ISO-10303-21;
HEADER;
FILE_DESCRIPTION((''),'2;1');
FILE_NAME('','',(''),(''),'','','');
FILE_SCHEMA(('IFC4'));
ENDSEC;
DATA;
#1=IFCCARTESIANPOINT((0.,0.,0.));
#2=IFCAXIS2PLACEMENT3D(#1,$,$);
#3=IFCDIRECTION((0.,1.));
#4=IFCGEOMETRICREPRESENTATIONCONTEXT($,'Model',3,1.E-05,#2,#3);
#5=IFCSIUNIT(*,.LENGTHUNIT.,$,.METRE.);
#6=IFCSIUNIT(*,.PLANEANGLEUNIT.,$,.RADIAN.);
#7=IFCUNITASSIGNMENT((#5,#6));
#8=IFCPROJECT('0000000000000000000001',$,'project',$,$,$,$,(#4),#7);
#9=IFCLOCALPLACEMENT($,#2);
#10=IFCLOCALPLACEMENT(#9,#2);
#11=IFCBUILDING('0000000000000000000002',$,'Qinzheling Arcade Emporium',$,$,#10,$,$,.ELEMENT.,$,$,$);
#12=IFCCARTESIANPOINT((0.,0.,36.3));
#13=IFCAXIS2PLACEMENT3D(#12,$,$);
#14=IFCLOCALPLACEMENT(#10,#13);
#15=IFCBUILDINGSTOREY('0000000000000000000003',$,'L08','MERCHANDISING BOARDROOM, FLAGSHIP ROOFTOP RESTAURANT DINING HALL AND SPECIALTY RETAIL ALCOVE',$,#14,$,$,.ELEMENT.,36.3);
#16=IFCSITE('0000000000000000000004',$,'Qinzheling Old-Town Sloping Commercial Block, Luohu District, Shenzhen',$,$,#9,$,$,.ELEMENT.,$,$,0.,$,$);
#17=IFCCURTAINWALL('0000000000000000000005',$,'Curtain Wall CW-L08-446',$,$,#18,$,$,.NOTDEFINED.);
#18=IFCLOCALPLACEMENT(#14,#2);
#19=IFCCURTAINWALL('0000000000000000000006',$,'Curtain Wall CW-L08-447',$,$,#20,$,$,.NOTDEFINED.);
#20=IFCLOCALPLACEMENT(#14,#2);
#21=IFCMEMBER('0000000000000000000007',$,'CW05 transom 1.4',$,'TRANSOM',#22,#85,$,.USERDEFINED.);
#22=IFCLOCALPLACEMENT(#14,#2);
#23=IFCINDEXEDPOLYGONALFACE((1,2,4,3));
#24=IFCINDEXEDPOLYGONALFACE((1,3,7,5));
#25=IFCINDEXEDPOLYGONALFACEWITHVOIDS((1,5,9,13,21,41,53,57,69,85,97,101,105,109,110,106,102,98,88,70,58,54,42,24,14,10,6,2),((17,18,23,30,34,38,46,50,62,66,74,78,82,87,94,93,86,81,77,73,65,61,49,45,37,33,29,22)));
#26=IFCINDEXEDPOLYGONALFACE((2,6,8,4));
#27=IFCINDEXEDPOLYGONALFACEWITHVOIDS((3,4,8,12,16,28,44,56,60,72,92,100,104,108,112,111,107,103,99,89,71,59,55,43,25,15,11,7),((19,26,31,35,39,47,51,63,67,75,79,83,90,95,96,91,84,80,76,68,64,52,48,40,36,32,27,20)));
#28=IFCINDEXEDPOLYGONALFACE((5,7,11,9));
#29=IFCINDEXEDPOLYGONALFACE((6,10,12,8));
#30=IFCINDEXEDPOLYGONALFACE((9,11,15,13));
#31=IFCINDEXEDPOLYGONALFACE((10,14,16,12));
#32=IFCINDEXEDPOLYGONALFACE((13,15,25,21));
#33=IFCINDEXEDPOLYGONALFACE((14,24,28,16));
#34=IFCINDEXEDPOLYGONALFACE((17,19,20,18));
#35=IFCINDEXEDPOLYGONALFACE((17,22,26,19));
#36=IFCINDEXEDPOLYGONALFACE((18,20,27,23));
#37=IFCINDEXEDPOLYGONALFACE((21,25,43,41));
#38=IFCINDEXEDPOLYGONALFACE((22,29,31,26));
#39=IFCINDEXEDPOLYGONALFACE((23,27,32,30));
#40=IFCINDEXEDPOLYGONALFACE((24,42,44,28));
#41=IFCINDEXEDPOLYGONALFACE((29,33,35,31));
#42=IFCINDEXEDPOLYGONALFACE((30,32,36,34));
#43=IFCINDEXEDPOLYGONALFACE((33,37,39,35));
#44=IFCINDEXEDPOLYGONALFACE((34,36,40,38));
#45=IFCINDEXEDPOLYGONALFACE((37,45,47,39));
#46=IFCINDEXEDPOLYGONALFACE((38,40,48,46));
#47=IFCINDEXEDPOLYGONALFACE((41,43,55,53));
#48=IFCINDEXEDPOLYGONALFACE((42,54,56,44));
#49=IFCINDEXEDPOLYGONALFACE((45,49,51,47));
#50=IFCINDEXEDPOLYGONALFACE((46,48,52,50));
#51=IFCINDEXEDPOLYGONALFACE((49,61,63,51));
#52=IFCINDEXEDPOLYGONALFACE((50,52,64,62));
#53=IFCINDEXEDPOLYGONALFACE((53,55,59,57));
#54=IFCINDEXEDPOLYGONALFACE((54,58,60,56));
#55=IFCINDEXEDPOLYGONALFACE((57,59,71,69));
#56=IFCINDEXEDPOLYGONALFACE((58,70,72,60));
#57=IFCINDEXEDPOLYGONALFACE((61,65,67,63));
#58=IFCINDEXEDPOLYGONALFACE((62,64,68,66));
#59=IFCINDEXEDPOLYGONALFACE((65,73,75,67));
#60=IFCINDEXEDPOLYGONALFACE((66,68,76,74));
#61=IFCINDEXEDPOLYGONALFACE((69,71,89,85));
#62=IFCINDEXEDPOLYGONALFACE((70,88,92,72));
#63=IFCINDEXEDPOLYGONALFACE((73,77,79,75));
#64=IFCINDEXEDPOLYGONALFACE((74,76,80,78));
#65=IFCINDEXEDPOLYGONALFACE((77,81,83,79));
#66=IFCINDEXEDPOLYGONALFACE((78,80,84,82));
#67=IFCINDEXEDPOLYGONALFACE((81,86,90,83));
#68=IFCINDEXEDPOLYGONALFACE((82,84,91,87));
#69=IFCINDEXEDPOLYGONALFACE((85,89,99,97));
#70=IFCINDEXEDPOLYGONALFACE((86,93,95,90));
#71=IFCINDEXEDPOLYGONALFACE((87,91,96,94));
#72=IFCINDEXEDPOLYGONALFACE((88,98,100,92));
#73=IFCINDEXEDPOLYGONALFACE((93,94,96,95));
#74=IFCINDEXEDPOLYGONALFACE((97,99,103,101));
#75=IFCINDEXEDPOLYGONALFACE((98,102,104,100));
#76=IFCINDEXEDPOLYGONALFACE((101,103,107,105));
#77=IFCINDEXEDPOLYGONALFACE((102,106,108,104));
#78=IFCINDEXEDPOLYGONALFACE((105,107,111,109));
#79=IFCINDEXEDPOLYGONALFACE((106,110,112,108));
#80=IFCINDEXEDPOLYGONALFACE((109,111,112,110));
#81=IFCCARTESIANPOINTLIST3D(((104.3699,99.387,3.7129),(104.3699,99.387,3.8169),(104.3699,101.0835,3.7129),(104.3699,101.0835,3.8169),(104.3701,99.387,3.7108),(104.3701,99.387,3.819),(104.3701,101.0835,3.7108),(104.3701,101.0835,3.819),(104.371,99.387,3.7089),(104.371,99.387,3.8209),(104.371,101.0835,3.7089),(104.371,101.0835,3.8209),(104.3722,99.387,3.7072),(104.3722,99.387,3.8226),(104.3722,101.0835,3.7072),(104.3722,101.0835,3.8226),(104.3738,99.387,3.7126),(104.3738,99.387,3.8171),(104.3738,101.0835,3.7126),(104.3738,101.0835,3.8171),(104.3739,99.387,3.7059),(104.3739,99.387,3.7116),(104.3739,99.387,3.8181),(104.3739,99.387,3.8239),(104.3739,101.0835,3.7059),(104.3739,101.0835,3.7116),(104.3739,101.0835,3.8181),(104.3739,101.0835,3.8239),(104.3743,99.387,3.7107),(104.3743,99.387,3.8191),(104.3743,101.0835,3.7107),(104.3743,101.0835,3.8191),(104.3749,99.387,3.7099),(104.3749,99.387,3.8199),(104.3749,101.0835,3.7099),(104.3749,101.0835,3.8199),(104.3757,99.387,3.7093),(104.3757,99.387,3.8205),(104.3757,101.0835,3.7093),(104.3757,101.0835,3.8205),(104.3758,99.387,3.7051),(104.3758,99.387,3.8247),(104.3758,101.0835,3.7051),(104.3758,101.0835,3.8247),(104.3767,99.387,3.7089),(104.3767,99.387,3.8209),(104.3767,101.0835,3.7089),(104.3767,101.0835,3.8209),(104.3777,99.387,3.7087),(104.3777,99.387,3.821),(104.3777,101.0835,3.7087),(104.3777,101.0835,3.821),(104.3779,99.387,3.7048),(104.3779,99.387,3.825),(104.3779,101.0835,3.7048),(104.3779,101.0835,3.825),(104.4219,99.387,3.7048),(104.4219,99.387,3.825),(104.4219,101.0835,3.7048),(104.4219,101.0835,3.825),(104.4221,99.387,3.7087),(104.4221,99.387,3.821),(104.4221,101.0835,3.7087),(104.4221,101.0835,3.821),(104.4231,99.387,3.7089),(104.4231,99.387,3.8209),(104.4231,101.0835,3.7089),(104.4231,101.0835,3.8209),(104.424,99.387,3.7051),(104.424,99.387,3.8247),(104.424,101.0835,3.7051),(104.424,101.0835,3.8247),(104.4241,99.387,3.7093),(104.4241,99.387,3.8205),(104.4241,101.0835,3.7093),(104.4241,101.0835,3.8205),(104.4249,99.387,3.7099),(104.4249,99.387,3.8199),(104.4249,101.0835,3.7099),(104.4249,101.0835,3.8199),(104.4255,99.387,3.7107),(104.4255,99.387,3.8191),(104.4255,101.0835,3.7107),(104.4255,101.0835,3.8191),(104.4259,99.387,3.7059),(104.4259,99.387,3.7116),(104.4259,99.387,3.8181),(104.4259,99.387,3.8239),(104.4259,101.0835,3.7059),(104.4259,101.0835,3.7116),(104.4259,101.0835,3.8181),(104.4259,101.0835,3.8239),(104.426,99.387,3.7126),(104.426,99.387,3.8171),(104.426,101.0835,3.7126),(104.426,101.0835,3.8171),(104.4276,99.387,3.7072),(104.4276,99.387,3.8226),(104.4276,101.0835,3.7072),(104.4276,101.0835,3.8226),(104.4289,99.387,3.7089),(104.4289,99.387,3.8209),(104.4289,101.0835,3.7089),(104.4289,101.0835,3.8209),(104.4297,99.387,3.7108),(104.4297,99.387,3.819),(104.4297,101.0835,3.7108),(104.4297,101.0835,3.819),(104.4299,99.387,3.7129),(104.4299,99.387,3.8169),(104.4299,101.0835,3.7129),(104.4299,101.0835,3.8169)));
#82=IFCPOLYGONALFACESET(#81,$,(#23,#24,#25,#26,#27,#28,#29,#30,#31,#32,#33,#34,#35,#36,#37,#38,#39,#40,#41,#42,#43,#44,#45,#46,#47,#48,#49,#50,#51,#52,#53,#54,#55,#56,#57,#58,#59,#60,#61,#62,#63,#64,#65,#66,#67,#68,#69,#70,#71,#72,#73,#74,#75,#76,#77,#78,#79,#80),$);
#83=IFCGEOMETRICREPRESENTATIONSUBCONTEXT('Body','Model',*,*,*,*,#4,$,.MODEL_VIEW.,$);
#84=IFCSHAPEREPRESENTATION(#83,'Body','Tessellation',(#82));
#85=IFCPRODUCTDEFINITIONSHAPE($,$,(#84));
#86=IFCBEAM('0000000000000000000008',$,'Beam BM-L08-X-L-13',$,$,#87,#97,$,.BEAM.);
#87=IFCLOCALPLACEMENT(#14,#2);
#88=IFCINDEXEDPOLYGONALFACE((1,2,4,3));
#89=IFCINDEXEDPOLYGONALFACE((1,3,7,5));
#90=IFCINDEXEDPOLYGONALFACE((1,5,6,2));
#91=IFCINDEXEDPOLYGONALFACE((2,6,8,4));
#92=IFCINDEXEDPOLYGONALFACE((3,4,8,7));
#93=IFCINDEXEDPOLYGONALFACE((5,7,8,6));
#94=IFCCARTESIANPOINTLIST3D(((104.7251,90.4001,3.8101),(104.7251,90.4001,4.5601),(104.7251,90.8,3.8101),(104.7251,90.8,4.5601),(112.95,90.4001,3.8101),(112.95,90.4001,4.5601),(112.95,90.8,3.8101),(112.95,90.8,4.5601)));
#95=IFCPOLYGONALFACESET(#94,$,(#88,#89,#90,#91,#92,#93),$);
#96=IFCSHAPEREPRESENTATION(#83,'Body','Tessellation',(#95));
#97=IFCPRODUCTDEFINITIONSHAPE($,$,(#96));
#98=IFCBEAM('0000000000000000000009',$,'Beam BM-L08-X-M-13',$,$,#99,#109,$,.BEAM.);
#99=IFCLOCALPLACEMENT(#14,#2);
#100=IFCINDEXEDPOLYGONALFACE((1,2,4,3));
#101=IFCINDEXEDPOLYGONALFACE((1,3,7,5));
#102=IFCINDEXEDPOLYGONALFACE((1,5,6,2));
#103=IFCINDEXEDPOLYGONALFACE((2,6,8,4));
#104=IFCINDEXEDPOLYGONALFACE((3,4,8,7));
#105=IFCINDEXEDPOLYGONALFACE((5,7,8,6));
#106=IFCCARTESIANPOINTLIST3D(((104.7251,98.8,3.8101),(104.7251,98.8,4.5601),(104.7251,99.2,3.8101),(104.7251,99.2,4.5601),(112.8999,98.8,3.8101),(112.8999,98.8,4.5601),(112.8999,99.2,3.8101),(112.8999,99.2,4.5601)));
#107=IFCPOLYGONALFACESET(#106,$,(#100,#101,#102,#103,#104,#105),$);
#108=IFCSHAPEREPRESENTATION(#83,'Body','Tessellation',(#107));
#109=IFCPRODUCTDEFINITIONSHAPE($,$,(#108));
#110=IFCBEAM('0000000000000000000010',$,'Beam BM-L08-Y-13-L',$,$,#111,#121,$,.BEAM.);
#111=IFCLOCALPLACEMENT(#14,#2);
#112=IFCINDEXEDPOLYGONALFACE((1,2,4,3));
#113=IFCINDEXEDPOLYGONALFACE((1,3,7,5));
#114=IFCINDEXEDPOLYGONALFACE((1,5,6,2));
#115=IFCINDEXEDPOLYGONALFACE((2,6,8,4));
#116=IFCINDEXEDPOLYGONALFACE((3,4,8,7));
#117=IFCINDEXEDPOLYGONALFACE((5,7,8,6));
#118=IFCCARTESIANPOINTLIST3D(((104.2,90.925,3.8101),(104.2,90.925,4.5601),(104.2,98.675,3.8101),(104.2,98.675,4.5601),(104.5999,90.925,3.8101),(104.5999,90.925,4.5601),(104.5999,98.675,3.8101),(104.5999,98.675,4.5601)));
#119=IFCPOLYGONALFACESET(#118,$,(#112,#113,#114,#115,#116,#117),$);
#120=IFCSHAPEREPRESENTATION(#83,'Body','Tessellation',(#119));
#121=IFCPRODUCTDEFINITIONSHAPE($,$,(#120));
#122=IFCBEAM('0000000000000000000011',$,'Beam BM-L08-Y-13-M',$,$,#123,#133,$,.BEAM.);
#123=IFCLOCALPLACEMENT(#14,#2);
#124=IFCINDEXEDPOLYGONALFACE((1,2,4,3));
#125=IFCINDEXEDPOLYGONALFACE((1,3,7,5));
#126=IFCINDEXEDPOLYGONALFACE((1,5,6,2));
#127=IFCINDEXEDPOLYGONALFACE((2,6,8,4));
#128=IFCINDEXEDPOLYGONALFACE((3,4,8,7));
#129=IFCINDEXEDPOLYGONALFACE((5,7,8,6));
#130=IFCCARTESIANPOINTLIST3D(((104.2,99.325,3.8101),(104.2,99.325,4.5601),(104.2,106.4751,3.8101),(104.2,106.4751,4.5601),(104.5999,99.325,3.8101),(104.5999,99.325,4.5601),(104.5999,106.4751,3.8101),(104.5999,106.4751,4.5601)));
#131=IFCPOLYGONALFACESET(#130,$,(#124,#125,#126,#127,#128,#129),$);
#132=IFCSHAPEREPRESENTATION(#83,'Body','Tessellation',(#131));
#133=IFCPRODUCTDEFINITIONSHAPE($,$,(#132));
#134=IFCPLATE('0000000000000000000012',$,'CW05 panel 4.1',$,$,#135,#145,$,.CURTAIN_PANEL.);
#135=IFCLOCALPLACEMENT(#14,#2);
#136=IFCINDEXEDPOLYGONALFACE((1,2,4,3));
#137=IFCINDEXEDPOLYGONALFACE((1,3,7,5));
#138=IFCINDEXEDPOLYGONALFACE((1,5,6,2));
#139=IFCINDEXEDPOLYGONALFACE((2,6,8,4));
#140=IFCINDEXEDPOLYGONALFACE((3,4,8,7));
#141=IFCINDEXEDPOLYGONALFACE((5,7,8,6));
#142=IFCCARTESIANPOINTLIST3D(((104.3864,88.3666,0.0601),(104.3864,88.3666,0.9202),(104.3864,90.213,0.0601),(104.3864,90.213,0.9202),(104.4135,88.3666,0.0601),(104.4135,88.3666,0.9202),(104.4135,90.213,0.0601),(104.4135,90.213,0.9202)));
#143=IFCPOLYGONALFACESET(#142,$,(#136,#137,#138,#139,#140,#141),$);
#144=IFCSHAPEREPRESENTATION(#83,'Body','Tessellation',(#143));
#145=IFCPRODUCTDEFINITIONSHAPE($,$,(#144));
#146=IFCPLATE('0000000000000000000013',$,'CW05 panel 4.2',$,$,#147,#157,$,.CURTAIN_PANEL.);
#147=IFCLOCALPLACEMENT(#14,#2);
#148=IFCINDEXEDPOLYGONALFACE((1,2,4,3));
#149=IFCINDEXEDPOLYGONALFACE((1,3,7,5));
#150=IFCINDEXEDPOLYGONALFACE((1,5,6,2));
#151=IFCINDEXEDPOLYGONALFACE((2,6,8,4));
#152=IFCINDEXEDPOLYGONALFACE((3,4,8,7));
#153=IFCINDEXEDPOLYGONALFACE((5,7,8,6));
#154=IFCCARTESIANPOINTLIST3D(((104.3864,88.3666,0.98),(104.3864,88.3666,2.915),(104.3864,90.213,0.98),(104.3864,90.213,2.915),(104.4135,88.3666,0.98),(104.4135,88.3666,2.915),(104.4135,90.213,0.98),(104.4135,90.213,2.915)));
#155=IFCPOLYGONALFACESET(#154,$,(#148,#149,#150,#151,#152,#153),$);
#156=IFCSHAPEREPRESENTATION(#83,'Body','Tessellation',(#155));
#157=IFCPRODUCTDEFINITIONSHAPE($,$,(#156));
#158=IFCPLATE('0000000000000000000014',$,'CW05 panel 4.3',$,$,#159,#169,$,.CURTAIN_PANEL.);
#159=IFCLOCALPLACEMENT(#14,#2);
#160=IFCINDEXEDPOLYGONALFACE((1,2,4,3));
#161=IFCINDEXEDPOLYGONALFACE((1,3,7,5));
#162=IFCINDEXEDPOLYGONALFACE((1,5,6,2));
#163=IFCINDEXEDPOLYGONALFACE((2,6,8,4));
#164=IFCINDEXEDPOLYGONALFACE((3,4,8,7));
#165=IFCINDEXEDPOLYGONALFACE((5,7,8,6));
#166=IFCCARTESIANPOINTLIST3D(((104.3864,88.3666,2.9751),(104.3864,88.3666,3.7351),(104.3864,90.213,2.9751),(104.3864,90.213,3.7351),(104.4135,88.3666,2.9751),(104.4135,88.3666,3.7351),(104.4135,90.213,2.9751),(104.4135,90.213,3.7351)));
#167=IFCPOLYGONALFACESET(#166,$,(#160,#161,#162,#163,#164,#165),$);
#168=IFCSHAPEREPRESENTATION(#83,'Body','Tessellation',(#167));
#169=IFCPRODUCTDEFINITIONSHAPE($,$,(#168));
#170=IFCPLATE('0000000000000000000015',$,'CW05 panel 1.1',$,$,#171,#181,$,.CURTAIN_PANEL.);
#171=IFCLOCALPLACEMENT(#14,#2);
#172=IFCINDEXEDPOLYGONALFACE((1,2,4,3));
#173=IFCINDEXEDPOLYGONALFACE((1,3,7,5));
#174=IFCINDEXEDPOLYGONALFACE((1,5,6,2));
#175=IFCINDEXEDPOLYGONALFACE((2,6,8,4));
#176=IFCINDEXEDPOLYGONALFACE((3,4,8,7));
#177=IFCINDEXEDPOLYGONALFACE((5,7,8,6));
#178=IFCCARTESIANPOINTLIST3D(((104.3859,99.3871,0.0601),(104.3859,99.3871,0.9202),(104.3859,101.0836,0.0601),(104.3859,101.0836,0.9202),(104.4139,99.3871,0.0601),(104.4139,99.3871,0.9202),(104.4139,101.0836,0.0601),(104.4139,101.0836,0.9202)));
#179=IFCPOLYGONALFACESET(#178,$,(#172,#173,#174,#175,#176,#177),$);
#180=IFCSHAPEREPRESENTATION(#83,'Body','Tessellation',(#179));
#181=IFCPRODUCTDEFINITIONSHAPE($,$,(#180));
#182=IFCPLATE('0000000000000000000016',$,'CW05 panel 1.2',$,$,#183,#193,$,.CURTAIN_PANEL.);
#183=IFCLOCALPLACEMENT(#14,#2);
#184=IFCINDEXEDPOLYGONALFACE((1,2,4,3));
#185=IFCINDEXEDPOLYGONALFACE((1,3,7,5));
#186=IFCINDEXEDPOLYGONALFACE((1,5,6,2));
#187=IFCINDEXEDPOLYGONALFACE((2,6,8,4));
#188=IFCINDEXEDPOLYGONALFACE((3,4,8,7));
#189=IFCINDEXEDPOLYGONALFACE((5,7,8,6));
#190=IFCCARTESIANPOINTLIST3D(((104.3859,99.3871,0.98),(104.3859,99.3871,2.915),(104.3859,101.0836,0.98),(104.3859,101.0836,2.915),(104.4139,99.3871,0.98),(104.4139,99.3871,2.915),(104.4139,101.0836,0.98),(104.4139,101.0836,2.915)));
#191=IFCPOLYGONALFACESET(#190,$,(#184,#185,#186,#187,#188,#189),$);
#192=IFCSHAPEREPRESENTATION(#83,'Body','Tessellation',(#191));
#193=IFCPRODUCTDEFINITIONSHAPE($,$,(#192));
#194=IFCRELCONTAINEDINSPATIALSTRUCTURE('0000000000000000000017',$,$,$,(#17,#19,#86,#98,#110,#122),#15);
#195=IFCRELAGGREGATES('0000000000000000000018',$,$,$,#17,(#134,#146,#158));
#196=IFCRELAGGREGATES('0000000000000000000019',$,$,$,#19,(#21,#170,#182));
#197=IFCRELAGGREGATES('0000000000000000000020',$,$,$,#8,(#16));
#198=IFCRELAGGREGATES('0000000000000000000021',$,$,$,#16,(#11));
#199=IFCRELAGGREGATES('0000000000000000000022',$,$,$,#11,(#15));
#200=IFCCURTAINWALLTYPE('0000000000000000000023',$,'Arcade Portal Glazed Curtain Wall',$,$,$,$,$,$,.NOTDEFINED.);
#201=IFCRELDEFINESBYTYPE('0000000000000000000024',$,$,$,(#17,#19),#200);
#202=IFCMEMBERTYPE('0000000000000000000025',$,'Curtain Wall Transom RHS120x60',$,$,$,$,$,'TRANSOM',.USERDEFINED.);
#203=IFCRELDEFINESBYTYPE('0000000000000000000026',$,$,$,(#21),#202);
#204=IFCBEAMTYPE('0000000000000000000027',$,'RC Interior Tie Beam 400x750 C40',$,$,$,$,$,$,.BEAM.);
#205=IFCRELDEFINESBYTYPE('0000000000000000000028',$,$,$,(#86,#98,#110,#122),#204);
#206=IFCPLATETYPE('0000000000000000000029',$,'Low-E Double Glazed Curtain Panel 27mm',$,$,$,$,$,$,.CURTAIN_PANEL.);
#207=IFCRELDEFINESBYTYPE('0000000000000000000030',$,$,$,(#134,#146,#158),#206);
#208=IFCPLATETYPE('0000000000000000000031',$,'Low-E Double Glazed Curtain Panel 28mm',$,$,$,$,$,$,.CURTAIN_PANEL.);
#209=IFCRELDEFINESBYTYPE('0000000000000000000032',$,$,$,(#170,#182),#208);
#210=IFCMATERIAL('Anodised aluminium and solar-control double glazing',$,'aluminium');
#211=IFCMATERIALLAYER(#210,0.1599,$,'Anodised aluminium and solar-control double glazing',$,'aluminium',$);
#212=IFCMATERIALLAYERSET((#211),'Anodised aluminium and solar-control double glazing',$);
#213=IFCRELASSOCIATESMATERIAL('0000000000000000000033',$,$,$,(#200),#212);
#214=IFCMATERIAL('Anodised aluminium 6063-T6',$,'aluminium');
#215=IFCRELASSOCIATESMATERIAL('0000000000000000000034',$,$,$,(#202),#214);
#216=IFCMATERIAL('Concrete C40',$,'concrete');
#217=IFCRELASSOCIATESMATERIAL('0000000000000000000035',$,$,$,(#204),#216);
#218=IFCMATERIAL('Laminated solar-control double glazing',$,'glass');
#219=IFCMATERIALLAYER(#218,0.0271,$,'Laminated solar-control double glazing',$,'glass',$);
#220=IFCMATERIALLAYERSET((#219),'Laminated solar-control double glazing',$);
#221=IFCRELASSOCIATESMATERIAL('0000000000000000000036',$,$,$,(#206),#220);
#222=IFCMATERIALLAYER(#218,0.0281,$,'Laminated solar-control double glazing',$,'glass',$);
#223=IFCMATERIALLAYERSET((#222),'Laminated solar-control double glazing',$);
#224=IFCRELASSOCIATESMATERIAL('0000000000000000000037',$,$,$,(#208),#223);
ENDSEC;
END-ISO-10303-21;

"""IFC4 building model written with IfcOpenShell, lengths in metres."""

from ifc_helpers import new_model, si_unit, direction, frame, origin, origin_2d, place, context, subcontext, project, spatial, rectangle, hollow_rectangle, extrude, material, layer, layer_set, material_profile, profile_set, type_object, element, aggregate, save


model = new_model("IFC4")

# Units and contexts
model_context = context("Model", 3, precision=1e-05, world=origin(), true_north=direction((0.0, 1.0)))
body_context = subcontext(model_context, "Body", "Model", "MODEL_VIEW")
ifc_project = project(units=[si_unit("LENGTHUNIT", "METRE"), si_unit("PLANEANGLEUNIT", "RADIAN")], contexts=[model_context])

# Site, building, storey
site_placement = place(None, origin())
site = spatial("IfcSite", under=ifc_project, at=site_placement, Name="Qinzheling Old-Town Sloping Commercial Block, Luohu District, Shenzhen", CompositionType="ELEMENT", RefElevation=0.0)
building_placement = place(site_placement, origin())
building = spatial("IfcBuilding", under=site, at=building_placement, Name="Qinzheling Arcade Emporium", CompositionType="ELEMENT")
storey_placement = place(building_placement, frame((0.0, 0.0, 36.3)))
storey = spatial("IfcBuildingStorey", under=building, at=storey_placement, Name="L08", Description="MERCHANDISING BOARDROOM, FLAGSHIP ROOFTOP RESTAURANT DINING HALL AND SPECIALTY RETAIL ALCOVE", CompositionType="ELEMENT", Elevation=36.3)

# Shared definitions
ifc_material_1 = material(Name="Concrete C40", Category="concrete")

# Curtain wall
ifc_material_2 = material(Name="Anodised aluminium and solar-control double glazing", Category="aluminium")
ifc_layer_1 = layer(ifc_material_2, 0.1599, Name="Anodised aluminium and solar-control double glazing", Category="aluminium")
ifc_layer_set_1 = layer_set([ifc_layer_1], Name="Anodised aluminium and solar-control double glazing")
curtain_wall_type = type_object("IfcCurtainWallType", Name="Arcade Portal Glazed Curtain Wall", PredefinedType="NOTDEFINED", material=ifc_layer_set_1)
curtain_wall_1_placement = place(storey_placement, origin())
curtain_wall_1 = element("IfcCurtainWall", 1, at=curtain_wall_1_placement, inside=storey, type_object=curtain_wall_type, Name="Curtain Wall CW-L08-446", PredefinedType="NOTDEFINED")
ifc_material_3 = material(Name="Anodised aluminium 6063-T6", Category="aluminium")

# Curtain wall
curtain_wall_2_placement = place(storey_placement, origin())
curtain_wall_2 = element("IfcCurtainWall", 2, at=curtain_wall_2_placement, inside=storey, type_object=curtain_wall_type, Name="Curtain Wall CW-L08-447", PredefinedType="NOTDEFINED")

# Member
ifc_material_profile_1 = material_profile(ifc_material_3, hollow_rectangle(XDim=0.0601, YDim=0.1201, WallThickness=0.0039, InnerFilletRadius=0.0039, OuterFilletRadius=0.0081, at=origin_2d()), Name="RHS 120x60x4", Category="aluminium")
ifc_profile_set_1 = profile_set([ifc_material_profile_1], Name="Anodised aluminium 6063-T6")
member_type_1 = type_object("IfcMemberType", Name="Curtain Wall Transom RHS120x60", ElementType="TRANSOM", PredefinedType="USERDEFINED", material=ifc_profile_set_1)
member_1_placement = place(storey_placement, frame((104.3999, 99.387, 3.7649), z_axis=(0.0, 1.0, 0.0), x_axis=(-1.0, 0.0, 0.0)))
member_1 = element("IfcMember", 3, at=member_1_placement, type_object=member_type_1, Name="CW05 transom 1.4", ObjectType="TRANSOM", PredefinedType="USERDEFINED", context=body_context, shape_type="SweptSolid", body=[
    extrude(hollow_rectangle(XDim=0.0601, YDim=0.1201, WallThickness=0.0039, InnerFilletRadius=0.0039, OuterFilletRadius=0.0081, at=origin_2d()), origin(), (0.0, 0.0, 1.0), 1.6965),
])

# Beams
ifc_material_profile_2 = material_profile(ifc_material_1, rectangle(XDim=0.3999, YDim=0.75, at=origin_2d()), Name="RC 400x750", Category="concrete")
ifc_profile_set_2 = profile_set([ifc_material_profile_2], Name="Concrete C40")
beam_type = type_object("IfcBeamType", Name="RC Interior Tie Beam 400x750 C40", PredefinedType="BEAM", material=ifc_profile_set_2)
beam_1_placement = place(storey_placement, frame((104.7251, 90.6001, 4.1851), z_axis=(1.0, 0.0, 0.0), x_axis=(0.0, 1.0, 0.0)))
element("IfcBeam", 4, at=beam_1_placement, inside=storey, type_object=beam_type, Name="Beam BM-L08-X-L-13", PredefinedType="BEAM", context=body_context, shape_type="SweptSolid", body=[
    extrude(rectangle(XDim=0.3999, YDim=0.75, at=origin_2d()), origin(), (0.0, 0.0, 1.0), 8.2249),
])
beam_2_placement = place(storey_placement, frame((104.7251, 99.0, 4.1851), z_axis=(1.0, 0.0, 0.0), x_axis=(0.0, 1.0, 0.0)))
element("IfcBeam", 5, at=beam_2_placement, inside=storey, type_object=beam_type, Name="Beam BM-L08-X-M-13", PredefinedType="BEAM", context=body_context, shape_type="SweptSolid", body=[
    extrude(rectangle(XDim=0.3999, YDim=0.75, at=origin_2d()), origin(), (0.0, 0.0, 1.0), 8.1748),
])
beam_3_placement = place(storey_placement, frame((104.3999, 90.925, 4.1851), z_axis=(0.0, 1.0, 0.0), x_axis=(-1.0, 0.0, 0.0)))
element("IfcBeam", 6, at=beam_3_placement, inside=storey, type_object=beam_type, Name="Beam BM-L08-Y-13-L", PredefinedType="BEAM", context=body_context, shape_type="SweptSolid", body=[
    extrude(rectangle(XDim=0.3999, YDim=0.75, at=origin_2d()), origin(), (0.0, 0.0, 1.0), 7.75),
])
beam_4_placement = place(storey_placement, frame((104.3999, 99.325, 4.1851), z_axis=(0.0, 1.0, 0.0), x_axis=(-1.0, 0.0, 0.0)))
element("IfcBeam", 7, at=beam_4_placement, inside=storey, type_object=beam_type, Name="Beam BM-L08-Y-13-M", PredefinedType="BEAM", context=body_context, shape_type="SweptSolid", body=[
    extrude(rectangle(XDim=0.3999, YDim=0.75, at=origin_2d()), origin(), (0.0, 0.0, 1.0), 7.1501),
])

# Plates
ifc_material_4 = material(Name="Laminated solar-control double glazing", Category="glass")
ifc_layer_2 = layer(ifc_material_4, 0.0271, Name="Laminated solar-control double glazing", Category="glass")
ifc_layer_set_2 = layer_set([ifc_layer_2], Name="Laminated solar-control double glazing")
plate_type_1 = type_object("IfcPlateType", Name="Low-E Double Glazed Curtain Panel 27mm", PredefinedType="CURTAIN_PANEL", material=ifc_layer_set_2)
plate_1_placement = place(storey_placement, frame((104.3999, 89.2898, 0.0601), z_axis=(0.0, 0.0, 1.0), x_axis=(0.0, 1.0, 0.0)))
plate_1 = element("IfcPlate", 8, at=plate_1_placement, type_object=plate_type_1, Name="CW05 panel 4.1", PredefinedType="CURTAIN_PANEL", context=body_context, shape_type="SweptSolid", body=[
    extrude(rectangle(XDim=1.8464, YDim=0.0271, at=origin_2d()), origin(), (0.0, 0.0, 1.0), 0.8601),
])
plate_2_placement = place(storey_placement, frame((104.3999, 89.2898, 0.98), z_axis=(0.0, 0.0, 1.0), x_axis=(0.0, 1.0, 0.0)))
plate_2 = element("IfcPlate", 9, at=plate_2_placement, type_object=plate_type_1, Name="CW05 panel 4.2", PredefinedType="CURTAIN_PANEL", context=body_context, shape_type="SweptSolid", body=[
    extrude(rectangle(XDim=1.8464, YDim=0.0271, at=origin_2d()), origin(), (0.0, 0.0, 1.0), 1.9351),
])
plate_3_placement = place(storey_placement, frame((104.3999, 89.2898, 2.9751), z_axis=(0.0, 0.0, 1.0), x_axis=(0.0, 1.0, 0.0)))
plate_3 = element("IfcPlate", 10, at=plate_3_placement, type_object=plate_type_1, Name="CW05 panel 4.3", PredefinedType="CURTAIN_PANEL", context=body_context, shape_type="SweptSolid", body=[
    extrude(rectangle(XDim=1.8464, YDim=0.0271, at=origin_2d()), origin(), (0.0, 0.0, 1.0), 0.76),
])
aggregate(curtain_wall_1, [plate_1, plate_2, plate_3])
ifc_layer_3 = layer(ifc_material_4, 0.0281, Name="Laminated solar-control double glazing", Category="glass")
ifc_layer_set_3 = layer_set([ifc_layer_3], Name="Laminated solar-control double glazing")
plate_type_2 = type_object("IfcPlateType", Name="Low-E Double Glazed Curtain Panel 28mm", PredefinedType="CURTAIN_PANEL", material=ifc_layer_set_3)
plate_4_placement = place(storey_placement, frame((104.3999, 100.2354, 0.0601), z_axis=(0.0, 0.0, 1.0), x_axis=(0.0, 1.0, 0.0)))
plate_4 = element("IfcPlate", 11, at=plate_4_placement, type_object=plate_type_2, Name="CW05 panel 1.1", PredefinedType="CURTAIN_PANEL", context=body_context, shape_type="SweptSolid", body=[
    extrude(rectangle(XDim=1.6965, YDim=0.0281, at=origin_2d()), origin(), (0.0, 0.0, 1.0), 0.8601),
])
plate_5_placement = place(storey_placement, frame((104.3999, 100.2354, 0.98), z_axis=(0.0, 0.0, 1.0), x_axis=(0.0, 1.0, 0.0)))
plate_5 = element("IfcPlate", 12, at=plate_5_placement, type_object=plate_type_2, Name="CW05 panel 1.2", PredefinedType="CURTAIN_PANEL", context=body_context, shape_type="SweptSolid", body=[
    extrude(rectangle(XDim=1.6965, YDim=0.0281, at=origin_2d()), origin(), (0.0, 0.0, 1.0), 1.9351),
])
aggregate(curtain_wall_2, [member_1, plate_4, plate_5])

save(model, "model.ifc")
